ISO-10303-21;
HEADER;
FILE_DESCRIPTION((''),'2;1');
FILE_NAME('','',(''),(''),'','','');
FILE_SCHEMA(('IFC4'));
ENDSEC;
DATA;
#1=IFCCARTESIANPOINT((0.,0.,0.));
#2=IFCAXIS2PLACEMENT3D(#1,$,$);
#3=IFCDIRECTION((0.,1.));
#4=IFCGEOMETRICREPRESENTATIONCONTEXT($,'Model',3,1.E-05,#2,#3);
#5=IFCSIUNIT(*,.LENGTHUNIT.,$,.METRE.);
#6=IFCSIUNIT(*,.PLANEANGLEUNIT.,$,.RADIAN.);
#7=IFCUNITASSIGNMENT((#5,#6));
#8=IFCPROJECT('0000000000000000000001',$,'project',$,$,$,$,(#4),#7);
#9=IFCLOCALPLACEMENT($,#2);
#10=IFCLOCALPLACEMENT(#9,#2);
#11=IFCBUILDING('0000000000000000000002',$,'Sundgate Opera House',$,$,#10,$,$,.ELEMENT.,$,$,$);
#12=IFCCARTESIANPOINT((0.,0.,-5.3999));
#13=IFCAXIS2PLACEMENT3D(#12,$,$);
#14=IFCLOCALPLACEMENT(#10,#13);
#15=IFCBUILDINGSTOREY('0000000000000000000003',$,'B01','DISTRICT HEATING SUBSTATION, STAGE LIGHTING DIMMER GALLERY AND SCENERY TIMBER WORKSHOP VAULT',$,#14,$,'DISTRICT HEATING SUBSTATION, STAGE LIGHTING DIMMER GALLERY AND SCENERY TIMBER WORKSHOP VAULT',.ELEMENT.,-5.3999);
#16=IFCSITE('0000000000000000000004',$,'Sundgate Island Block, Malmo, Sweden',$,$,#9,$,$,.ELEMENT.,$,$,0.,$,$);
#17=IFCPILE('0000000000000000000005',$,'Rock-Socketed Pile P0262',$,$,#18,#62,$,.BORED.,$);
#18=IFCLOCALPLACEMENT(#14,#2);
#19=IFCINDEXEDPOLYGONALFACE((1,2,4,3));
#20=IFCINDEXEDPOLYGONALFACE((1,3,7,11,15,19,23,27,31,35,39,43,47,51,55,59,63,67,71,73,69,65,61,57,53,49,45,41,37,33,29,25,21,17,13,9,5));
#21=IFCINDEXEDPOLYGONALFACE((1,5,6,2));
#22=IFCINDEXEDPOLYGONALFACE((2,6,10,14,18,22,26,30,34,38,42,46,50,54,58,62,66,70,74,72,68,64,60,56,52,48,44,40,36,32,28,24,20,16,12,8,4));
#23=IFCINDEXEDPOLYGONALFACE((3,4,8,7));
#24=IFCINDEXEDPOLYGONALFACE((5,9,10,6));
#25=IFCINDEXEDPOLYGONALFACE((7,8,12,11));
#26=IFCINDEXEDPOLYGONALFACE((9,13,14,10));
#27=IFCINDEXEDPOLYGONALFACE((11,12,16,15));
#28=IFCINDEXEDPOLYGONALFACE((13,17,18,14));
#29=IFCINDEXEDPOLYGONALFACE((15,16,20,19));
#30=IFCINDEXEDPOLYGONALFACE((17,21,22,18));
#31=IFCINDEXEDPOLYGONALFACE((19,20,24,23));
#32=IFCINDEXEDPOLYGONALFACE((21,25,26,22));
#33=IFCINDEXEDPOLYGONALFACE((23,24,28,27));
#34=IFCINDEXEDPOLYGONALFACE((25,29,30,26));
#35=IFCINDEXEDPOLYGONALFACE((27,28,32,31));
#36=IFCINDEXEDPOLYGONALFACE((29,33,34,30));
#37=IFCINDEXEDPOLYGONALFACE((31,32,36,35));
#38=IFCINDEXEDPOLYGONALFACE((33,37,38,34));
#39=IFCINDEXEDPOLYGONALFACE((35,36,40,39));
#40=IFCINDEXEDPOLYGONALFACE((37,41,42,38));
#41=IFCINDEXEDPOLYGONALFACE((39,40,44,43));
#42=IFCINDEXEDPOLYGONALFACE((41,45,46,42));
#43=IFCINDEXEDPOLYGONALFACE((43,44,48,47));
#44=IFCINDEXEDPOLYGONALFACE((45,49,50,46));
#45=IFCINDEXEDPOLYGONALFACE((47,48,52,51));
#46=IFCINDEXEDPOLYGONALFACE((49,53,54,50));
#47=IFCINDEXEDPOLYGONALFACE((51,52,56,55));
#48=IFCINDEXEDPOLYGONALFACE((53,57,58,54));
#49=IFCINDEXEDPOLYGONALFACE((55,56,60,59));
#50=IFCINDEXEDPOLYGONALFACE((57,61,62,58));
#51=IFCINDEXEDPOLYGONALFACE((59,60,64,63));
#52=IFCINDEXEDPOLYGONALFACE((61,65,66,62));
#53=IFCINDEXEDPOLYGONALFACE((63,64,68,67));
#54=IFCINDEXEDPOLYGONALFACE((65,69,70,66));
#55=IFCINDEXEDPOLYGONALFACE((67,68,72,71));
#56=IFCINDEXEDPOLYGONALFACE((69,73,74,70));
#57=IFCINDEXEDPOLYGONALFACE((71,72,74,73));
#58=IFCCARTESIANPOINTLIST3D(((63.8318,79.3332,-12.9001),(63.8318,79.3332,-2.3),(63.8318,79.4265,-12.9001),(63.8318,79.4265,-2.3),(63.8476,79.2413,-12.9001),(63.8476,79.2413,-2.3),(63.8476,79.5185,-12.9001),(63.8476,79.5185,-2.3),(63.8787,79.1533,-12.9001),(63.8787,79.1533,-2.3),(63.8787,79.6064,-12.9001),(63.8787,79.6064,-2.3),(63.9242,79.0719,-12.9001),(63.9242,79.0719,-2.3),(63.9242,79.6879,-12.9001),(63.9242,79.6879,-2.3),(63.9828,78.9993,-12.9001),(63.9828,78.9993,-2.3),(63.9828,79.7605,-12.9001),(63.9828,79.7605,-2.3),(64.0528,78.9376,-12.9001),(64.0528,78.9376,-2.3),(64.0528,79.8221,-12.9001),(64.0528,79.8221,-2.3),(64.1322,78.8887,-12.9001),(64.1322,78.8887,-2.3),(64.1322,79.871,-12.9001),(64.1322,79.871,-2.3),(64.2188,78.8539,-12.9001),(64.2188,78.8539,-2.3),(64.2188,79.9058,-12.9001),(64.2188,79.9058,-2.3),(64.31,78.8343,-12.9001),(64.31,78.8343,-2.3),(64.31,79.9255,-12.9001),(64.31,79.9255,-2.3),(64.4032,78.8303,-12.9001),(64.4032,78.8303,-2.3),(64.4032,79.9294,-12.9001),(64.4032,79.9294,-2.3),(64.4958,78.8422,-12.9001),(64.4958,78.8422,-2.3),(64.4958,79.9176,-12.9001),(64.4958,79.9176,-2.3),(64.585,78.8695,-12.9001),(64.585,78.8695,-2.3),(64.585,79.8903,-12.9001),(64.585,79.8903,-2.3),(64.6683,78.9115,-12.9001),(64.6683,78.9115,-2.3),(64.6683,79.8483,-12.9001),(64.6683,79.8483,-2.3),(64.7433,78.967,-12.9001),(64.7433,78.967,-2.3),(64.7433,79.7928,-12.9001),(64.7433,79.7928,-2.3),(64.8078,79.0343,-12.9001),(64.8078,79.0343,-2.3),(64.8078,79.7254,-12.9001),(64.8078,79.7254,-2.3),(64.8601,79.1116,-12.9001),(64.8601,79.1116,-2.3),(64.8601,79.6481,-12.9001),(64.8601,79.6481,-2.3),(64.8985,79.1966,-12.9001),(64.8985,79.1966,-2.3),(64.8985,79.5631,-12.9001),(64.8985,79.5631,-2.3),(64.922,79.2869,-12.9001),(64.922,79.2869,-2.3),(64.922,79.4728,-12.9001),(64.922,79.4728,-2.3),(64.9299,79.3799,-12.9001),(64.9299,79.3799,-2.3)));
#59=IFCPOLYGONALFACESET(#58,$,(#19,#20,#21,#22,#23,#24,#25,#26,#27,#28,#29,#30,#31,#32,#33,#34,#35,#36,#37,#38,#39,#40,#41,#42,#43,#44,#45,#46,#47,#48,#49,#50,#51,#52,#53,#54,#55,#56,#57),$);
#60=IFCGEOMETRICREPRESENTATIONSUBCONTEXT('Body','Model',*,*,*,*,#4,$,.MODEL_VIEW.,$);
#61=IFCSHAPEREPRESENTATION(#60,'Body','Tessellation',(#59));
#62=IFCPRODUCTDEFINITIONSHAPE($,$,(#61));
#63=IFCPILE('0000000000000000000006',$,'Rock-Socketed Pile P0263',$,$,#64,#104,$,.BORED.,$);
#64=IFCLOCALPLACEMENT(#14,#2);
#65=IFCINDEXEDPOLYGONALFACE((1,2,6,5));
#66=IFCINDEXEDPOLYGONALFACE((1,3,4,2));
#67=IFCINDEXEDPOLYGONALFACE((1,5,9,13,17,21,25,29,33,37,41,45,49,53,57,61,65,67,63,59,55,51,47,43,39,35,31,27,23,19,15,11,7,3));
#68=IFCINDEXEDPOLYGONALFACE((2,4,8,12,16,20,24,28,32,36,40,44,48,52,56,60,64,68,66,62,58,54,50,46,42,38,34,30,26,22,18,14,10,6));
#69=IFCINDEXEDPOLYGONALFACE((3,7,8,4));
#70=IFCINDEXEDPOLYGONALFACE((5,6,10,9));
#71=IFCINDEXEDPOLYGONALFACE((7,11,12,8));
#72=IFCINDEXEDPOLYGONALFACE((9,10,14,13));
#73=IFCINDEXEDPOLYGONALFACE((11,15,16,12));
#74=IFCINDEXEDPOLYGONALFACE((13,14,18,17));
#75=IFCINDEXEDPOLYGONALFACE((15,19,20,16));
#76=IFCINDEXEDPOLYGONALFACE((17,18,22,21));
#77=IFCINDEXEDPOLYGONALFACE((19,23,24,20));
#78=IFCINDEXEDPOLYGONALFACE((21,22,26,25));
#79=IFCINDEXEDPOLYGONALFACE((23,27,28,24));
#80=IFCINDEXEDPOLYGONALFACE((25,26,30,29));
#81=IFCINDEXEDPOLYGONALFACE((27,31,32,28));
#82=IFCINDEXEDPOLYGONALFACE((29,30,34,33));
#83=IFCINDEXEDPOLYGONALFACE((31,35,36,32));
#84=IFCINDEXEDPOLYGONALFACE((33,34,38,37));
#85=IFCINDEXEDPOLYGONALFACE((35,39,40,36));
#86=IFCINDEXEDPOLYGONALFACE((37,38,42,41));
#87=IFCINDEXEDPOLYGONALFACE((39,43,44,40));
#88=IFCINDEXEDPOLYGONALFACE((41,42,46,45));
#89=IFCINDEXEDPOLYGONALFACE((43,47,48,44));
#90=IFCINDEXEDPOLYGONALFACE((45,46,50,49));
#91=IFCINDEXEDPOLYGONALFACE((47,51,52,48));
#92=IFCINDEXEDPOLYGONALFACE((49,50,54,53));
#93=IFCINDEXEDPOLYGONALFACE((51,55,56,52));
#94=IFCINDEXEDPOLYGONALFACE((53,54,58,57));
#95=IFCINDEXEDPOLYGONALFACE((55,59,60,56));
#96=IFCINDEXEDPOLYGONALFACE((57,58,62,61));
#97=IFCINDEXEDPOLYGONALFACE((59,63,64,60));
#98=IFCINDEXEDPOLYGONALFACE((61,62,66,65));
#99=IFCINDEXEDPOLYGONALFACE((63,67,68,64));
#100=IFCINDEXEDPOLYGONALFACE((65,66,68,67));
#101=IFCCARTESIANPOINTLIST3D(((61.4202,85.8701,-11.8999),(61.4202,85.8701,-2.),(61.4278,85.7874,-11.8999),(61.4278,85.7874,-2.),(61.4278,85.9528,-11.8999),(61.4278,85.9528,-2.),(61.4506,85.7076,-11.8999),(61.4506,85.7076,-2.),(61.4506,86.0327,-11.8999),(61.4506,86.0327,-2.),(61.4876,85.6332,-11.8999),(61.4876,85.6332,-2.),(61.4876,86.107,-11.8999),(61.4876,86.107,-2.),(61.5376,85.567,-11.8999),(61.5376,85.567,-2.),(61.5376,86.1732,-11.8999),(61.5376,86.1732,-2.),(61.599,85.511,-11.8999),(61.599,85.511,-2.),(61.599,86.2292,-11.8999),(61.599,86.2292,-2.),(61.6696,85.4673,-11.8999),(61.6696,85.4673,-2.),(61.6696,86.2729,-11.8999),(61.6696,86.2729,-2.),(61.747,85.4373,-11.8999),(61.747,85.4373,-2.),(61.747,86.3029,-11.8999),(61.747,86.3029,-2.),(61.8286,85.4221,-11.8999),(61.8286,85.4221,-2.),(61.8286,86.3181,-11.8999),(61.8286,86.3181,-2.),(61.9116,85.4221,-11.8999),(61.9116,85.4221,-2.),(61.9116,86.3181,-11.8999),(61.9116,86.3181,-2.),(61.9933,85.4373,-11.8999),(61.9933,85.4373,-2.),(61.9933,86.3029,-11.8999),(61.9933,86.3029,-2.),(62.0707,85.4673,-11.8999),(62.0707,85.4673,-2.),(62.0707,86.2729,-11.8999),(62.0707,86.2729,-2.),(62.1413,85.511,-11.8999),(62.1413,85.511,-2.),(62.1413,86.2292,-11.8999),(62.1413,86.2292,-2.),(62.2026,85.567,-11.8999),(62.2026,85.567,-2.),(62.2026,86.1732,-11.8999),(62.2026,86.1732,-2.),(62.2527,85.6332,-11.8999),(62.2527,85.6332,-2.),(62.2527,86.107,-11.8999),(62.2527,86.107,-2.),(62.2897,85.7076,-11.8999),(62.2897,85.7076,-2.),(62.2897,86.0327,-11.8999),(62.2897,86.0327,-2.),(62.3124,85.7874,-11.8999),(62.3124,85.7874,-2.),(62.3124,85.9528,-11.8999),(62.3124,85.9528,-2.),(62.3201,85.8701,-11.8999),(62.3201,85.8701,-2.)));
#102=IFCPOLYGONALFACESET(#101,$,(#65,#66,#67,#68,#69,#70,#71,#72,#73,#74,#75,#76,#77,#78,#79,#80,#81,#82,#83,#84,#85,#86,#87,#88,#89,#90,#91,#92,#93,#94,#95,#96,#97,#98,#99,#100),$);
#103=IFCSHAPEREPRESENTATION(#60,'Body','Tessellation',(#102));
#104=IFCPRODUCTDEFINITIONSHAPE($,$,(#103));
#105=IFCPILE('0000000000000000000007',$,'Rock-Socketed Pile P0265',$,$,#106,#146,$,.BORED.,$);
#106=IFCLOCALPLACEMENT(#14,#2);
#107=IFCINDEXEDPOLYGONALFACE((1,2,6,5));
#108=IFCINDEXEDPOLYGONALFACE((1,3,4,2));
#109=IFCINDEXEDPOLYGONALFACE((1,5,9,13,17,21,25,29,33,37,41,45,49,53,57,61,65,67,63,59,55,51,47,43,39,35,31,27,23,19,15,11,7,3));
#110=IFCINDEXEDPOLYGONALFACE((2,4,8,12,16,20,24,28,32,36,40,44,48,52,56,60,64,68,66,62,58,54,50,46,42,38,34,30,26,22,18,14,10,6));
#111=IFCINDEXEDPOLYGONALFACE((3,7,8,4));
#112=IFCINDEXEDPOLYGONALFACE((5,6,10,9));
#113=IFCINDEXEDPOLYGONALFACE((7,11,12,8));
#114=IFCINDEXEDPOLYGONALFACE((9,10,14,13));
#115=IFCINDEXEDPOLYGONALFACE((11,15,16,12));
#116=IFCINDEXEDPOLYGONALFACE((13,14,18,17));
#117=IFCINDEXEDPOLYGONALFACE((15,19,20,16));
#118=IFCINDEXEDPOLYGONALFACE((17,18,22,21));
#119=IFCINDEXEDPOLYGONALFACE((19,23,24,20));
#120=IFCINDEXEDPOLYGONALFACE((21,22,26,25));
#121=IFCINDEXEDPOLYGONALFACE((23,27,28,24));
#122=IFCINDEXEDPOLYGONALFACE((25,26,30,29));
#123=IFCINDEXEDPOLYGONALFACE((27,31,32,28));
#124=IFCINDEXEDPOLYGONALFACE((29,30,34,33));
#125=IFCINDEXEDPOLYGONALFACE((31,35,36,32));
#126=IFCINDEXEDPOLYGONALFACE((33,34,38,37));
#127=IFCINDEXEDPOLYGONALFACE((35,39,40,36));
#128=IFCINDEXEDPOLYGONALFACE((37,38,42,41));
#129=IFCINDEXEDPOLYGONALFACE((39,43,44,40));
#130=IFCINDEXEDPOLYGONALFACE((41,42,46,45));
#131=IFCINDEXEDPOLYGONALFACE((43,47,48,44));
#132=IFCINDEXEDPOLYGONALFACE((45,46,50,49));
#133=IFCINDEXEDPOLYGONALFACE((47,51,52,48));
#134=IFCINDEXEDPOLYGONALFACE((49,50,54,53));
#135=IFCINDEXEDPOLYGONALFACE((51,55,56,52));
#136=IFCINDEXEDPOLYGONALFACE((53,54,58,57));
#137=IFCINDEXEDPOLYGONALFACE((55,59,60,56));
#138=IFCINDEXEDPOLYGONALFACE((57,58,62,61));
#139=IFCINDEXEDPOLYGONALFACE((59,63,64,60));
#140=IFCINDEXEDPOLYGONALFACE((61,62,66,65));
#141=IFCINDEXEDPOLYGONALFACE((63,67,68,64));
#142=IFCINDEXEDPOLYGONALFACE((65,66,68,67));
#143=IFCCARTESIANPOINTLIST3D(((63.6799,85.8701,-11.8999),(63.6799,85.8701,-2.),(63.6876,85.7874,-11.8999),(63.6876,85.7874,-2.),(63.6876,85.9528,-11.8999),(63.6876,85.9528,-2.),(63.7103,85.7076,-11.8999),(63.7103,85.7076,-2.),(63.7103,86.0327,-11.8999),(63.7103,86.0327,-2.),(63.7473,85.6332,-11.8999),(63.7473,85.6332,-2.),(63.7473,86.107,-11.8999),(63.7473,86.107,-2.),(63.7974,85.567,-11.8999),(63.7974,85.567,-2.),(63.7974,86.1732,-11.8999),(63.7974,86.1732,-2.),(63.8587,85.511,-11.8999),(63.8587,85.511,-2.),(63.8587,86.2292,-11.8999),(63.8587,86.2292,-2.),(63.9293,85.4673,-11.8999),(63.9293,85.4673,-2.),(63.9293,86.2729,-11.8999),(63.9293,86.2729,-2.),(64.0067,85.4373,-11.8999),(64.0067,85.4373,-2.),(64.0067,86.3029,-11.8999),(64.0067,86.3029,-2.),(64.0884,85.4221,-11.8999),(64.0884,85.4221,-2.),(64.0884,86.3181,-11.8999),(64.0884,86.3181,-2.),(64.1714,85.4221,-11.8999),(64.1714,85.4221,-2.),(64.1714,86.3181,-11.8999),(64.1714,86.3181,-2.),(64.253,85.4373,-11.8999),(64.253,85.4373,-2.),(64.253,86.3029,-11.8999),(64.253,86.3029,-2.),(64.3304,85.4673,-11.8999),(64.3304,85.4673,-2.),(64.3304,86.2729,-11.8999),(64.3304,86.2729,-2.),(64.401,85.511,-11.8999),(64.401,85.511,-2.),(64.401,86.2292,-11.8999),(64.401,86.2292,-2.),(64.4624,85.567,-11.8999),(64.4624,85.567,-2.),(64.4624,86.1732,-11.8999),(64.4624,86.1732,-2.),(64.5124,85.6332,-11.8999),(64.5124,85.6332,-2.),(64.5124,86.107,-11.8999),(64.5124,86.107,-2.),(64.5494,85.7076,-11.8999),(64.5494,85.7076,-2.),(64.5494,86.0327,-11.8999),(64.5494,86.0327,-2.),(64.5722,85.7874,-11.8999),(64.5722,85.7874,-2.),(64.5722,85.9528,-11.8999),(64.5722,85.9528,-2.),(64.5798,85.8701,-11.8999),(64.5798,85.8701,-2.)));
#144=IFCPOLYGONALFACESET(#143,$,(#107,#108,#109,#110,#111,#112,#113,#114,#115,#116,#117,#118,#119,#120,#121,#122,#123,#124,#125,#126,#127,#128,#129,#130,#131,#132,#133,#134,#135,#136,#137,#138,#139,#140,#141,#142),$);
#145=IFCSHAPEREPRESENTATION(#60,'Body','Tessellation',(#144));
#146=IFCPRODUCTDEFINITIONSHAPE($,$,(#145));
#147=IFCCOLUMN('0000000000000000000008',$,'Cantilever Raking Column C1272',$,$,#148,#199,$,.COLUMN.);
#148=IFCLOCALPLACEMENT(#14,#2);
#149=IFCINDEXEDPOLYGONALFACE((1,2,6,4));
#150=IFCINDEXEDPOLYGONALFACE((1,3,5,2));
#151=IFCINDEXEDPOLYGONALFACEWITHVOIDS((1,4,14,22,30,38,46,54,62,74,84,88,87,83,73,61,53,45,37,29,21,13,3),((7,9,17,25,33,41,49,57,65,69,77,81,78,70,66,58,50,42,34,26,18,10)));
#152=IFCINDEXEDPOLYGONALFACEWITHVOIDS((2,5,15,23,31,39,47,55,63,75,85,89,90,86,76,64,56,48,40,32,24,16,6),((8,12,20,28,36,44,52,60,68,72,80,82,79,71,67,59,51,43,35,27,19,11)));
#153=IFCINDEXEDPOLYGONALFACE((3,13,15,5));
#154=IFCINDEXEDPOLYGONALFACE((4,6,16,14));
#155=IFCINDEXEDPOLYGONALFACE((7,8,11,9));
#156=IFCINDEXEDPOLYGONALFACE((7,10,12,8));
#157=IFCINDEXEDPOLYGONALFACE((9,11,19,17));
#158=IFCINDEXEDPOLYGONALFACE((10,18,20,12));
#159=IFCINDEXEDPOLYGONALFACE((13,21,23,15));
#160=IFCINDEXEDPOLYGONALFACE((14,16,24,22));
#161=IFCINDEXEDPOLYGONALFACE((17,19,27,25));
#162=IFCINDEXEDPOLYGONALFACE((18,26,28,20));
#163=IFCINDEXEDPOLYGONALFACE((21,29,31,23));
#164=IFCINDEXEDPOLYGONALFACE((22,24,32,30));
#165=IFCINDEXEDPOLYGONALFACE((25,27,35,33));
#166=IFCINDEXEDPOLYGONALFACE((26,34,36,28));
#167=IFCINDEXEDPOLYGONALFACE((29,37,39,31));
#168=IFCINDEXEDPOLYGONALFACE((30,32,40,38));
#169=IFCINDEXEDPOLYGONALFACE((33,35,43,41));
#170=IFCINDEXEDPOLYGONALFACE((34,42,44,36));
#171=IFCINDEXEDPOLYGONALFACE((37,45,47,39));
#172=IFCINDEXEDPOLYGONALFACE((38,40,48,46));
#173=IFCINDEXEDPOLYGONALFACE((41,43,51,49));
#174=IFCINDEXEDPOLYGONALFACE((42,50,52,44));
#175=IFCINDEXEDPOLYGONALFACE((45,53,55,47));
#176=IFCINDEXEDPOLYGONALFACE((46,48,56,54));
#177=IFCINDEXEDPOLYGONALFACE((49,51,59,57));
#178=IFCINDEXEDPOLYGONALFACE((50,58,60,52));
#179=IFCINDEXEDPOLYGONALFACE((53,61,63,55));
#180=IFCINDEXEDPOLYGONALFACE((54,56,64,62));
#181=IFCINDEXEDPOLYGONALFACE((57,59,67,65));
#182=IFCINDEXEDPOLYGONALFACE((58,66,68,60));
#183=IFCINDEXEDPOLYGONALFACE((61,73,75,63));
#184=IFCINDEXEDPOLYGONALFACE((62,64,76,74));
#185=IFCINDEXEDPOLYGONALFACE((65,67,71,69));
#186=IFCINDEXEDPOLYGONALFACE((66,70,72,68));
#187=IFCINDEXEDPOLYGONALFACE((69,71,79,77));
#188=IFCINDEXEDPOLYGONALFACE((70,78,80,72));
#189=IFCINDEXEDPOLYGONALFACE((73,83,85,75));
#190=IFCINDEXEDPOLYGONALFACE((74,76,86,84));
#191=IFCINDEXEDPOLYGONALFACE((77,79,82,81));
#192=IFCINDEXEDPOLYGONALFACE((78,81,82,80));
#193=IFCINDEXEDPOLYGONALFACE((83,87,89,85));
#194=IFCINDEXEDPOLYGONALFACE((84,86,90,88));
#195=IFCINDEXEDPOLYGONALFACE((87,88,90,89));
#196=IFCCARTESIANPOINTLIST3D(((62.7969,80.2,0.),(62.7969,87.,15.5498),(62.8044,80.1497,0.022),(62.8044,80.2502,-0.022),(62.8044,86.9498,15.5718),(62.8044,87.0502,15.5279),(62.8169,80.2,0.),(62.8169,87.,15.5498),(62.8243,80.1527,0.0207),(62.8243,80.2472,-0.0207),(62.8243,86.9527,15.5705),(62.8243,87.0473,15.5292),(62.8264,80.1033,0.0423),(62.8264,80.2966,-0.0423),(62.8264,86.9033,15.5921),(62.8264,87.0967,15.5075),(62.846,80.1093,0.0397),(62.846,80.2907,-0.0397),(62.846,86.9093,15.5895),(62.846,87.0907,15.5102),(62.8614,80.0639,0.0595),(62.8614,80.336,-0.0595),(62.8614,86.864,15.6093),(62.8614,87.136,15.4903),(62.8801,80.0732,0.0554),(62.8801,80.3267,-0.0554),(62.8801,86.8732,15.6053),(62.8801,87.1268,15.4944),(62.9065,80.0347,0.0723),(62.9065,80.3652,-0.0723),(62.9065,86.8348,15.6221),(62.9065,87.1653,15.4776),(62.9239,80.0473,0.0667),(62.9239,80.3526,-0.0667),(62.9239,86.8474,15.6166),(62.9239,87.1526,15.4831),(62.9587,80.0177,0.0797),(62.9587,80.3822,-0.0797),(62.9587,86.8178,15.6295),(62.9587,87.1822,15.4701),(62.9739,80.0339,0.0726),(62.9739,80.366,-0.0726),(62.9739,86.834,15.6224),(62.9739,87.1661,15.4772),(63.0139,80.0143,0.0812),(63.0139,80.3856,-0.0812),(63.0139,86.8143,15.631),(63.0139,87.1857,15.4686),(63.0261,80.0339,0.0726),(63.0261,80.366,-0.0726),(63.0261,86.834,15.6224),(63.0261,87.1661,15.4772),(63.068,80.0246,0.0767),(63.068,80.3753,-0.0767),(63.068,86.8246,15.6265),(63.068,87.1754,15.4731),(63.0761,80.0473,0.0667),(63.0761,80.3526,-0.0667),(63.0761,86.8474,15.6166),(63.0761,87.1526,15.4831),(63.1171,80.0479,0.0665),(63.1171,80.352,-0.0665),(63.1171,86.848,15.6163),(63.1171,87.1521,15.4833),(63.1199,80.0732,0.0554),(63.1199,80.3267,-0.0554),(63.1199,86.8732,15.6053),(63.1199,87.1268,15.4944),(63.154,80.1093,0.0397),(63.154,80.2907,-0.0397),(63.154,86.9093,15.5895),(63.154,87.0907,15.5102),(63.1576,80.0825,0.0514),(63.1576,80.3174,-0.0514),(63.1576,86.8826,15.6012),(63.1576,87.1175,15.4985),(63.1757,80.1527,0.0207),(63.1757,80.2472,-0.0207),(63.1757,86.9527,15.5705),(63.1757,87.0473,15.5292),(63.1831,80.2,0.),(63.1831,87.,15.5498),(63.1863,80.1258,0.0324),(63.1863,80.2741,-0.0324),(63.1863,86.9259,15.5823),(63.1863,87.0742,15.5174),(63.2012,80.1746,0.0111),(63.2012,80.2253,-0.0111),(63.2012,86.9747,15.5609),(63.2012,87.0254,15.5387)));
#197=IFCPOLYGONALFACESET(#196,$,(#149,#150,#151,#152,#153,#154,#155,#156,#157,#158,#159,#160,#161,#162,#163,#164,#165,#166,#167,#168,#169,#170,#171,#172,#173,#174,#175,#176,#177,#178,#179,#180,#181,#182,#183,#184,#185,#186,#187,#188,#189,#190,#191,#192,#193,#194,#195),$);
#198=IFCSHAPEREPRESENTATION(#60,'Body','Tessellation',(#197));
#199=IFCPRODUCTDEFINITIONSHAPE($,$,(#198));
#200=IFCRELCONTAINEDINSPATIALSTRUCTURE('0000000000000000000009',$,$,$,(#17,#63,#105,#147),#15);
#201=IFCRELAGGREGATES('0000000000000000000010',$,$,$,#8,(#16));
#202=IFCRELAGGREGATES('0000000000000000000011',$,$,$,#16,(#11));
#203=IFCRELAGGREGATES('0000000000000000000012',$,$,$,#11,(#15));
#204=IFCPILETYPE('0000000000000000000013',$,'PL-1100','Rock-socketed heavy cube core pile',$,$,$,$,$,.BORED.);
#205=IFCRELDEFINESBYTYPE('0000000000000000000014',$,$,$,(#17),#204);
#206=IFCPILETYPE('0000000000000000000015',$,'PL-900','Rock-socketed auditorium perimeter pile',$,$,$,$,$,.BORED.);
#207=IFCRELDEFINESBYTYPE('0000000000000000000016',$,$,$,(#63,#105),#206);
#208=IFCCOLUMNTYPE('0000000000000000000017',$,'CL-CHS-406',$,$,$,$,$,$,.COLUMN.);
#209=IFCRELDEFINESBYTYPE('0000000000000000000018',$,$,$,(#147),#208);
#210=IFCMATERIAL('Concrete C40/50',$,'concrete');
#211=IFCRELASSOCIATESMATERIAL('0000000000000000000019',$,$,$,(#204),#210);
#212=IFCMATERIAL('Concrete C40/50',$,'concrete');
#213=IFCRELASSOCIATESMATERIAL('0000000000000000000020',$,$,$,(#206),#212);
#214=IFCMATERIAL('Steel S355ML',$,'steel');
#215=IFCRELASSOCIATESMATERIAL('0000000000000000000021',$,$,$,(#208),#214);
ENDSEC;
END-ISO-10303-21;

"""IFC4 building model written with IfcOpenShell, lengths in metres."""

from ifc_helpers import new_model, si_unit, direction, frame, origin, origin_2d, place, context, subcontext, project, spatial, circle, hollow_circle, extrude, material, material_profile, profile_set, type_object, element, save


model = new_model("IFC4")

# Units and contexts
model_context = context("Model", 3, precision=1e-05, world=origin(), true_north=direction((0.0, 1.0)))
body_context = subcontext(model_context, "Body", "Model", "MODEL_VIEW")
ifc_project = project(units=[si_unit("LENGTHUNIT", "METRE"), si_unit("PLANEANGLEUNIT", "RADIAN")], contexts=[model_context])

# Site, building, storey
site_placement = place(None, origin())
site = spatial("IfcSite", under=ifc_project, at=site_placement, Name="Sundgate Island Block, Malmo, Sweden", CompositionType="ELEMENT", RefElevation=0.0)
building_placement = place(site_placement, origin())
building = spatial("IfcBuilding", under=site, at=building_placement, Name="Sundgate Opera House", CompositionType="ELEMENT")
storey_placement = place(building_placement, frame((0.0, 0.0, -5.3999)))
storey = spatial("IfcBuildingStorey", under=building, at=storey_placement, Name="B01", Description="DISTRICT HEATING SUBSTATION, STAGE LIGHTING DIMMER GALLERY AND SCENERY TIMBER WORKSHOP VAULT", LongName="DISTRICT HEATING SUBSTATION, STAGE LIGHTING DIMMER GALLERY AND SCENERY TIMBER WORKSHOP VAULT", CompositionType="ELEMENT", Elevation=-5.3999)

# Piles
ifc_material_1 = material(Name="Concrete C40/50", Category="concrete")
ifc_material_profile_1 = material_profile(ifc_material_1, circle(Radius=0.55, at=origin_2d()), Name="PILE D1100")
ifc_profile_set_1 = profile_set([ifc_material_profile_1], Name="Concrete C40/50")
pile_type_1 = type_object("IfcPileType", Name="PL-1100", Description="Rock-socketed heavy cube core pile", PredefinedType="BORED", material=ifc_profile_set_1)
for number, where, z_axis, x_axis, name in (
    (1, (64.3799, 79.3799, -2.3), (0.0, 0.0, -1.0), (1.0, 0.0, 0.0), "Rock-Socketed Pile P0262"),
):
    element("IfcPile", number, at=place(storey_placement, frame(where, z_axis=z_axis, x_axis=x_axis)), inside=storey, type_object=pile_type_1, Name=name, PredefinedType="BORED", context=body_context, shape_type="SweptSolid", body=[
        extrude(circle(Radius=0.55, at=origin_2d()), origin(), (0.0, 0.0, 1.0), 10.6001),
    ])
ifc_material_2 = material(Name="Concrete C40/50", Category="concrete")
ifc_material_profile_2 = material_profile(ifc_material_2, circle(Radius=0.45, at=origin_2d()), Name="PILE D900")
ifc_profile_set_2 = profile_set([ifc_material_profile_2], Name="Concrete C40/50")
pile_type_2 = type_object("IfcPileType", Name="PL-900", Description="Rock-socketed auditorium perimeter pile", PredefinedType="BORED", material=ifc_profile_set_2)
for number, where, z_axis, x_axis, name in (
    (2, (61.8701, 85.8701, -2.0), (0.0, 0.0, -1.0), (1.0, 0.0, 0.0), "Rock-Socketed Pile P0263"),
    (3, (64.1299, 85.8701, -2.0), (0.0, 0.0, -1.0), (1.0, 0.0, 0.0), "Rock-Socketed Pile P0265"),
):
    element("IfcPile", number, at=place(storey_placement, frame(where, z_axis=z_axis, x_axis=x_axis)), inside=storey, type_object=pile_type_2, Name=name, PredefinedType="BORED", context=body_context, shape_type="SweptSolid", body=[
        extrude(circle(Radius=0.45, at=origin_2d()), origin(), (0.0, 0.0, 1.0), 9.8999),
    ])

# Column
ifc_material_3 = material(Name="Steel S355ML", Category="steel")
ifc_material_profile_3 = material_profile(ifc_material_3, hollow_circle(Radius=0.2031, WallThickness=0.02, at=origin_2d()), Name="CHS 406.4x20.0")
ifc_profile_set_3 = profile_set([ifc_material_profile_3], Name="Steel S355ML")
column_type_1 = type_object("IfcColumnType", Name="CL-CHS-406", PredefinedType="COLUMN", material=ifc_profile_set_3)
column_1_placement = place(storey_placement, frame((63.0, 80.2, 0.0), z_axis=(0.0, 0.400671, 0.916222), x_axis=(-1.0, 0.0, 0.0)))
element("IfcColumn", 4, at=column_1_placement, inside=storey, type_object=column_type_1, Name="Cantilever Raking Column C1272", PredefinedType="COLUMN", context=body_context, shape_type="SweptSolid", body=[
    extrude(hollow_circle(Radius=0.2031, WallThickness=0.02, at=origin_2d()), origin(), (0.0, 0.0, 1.0), 16.9717),
])

save(model, "model.ifc")
